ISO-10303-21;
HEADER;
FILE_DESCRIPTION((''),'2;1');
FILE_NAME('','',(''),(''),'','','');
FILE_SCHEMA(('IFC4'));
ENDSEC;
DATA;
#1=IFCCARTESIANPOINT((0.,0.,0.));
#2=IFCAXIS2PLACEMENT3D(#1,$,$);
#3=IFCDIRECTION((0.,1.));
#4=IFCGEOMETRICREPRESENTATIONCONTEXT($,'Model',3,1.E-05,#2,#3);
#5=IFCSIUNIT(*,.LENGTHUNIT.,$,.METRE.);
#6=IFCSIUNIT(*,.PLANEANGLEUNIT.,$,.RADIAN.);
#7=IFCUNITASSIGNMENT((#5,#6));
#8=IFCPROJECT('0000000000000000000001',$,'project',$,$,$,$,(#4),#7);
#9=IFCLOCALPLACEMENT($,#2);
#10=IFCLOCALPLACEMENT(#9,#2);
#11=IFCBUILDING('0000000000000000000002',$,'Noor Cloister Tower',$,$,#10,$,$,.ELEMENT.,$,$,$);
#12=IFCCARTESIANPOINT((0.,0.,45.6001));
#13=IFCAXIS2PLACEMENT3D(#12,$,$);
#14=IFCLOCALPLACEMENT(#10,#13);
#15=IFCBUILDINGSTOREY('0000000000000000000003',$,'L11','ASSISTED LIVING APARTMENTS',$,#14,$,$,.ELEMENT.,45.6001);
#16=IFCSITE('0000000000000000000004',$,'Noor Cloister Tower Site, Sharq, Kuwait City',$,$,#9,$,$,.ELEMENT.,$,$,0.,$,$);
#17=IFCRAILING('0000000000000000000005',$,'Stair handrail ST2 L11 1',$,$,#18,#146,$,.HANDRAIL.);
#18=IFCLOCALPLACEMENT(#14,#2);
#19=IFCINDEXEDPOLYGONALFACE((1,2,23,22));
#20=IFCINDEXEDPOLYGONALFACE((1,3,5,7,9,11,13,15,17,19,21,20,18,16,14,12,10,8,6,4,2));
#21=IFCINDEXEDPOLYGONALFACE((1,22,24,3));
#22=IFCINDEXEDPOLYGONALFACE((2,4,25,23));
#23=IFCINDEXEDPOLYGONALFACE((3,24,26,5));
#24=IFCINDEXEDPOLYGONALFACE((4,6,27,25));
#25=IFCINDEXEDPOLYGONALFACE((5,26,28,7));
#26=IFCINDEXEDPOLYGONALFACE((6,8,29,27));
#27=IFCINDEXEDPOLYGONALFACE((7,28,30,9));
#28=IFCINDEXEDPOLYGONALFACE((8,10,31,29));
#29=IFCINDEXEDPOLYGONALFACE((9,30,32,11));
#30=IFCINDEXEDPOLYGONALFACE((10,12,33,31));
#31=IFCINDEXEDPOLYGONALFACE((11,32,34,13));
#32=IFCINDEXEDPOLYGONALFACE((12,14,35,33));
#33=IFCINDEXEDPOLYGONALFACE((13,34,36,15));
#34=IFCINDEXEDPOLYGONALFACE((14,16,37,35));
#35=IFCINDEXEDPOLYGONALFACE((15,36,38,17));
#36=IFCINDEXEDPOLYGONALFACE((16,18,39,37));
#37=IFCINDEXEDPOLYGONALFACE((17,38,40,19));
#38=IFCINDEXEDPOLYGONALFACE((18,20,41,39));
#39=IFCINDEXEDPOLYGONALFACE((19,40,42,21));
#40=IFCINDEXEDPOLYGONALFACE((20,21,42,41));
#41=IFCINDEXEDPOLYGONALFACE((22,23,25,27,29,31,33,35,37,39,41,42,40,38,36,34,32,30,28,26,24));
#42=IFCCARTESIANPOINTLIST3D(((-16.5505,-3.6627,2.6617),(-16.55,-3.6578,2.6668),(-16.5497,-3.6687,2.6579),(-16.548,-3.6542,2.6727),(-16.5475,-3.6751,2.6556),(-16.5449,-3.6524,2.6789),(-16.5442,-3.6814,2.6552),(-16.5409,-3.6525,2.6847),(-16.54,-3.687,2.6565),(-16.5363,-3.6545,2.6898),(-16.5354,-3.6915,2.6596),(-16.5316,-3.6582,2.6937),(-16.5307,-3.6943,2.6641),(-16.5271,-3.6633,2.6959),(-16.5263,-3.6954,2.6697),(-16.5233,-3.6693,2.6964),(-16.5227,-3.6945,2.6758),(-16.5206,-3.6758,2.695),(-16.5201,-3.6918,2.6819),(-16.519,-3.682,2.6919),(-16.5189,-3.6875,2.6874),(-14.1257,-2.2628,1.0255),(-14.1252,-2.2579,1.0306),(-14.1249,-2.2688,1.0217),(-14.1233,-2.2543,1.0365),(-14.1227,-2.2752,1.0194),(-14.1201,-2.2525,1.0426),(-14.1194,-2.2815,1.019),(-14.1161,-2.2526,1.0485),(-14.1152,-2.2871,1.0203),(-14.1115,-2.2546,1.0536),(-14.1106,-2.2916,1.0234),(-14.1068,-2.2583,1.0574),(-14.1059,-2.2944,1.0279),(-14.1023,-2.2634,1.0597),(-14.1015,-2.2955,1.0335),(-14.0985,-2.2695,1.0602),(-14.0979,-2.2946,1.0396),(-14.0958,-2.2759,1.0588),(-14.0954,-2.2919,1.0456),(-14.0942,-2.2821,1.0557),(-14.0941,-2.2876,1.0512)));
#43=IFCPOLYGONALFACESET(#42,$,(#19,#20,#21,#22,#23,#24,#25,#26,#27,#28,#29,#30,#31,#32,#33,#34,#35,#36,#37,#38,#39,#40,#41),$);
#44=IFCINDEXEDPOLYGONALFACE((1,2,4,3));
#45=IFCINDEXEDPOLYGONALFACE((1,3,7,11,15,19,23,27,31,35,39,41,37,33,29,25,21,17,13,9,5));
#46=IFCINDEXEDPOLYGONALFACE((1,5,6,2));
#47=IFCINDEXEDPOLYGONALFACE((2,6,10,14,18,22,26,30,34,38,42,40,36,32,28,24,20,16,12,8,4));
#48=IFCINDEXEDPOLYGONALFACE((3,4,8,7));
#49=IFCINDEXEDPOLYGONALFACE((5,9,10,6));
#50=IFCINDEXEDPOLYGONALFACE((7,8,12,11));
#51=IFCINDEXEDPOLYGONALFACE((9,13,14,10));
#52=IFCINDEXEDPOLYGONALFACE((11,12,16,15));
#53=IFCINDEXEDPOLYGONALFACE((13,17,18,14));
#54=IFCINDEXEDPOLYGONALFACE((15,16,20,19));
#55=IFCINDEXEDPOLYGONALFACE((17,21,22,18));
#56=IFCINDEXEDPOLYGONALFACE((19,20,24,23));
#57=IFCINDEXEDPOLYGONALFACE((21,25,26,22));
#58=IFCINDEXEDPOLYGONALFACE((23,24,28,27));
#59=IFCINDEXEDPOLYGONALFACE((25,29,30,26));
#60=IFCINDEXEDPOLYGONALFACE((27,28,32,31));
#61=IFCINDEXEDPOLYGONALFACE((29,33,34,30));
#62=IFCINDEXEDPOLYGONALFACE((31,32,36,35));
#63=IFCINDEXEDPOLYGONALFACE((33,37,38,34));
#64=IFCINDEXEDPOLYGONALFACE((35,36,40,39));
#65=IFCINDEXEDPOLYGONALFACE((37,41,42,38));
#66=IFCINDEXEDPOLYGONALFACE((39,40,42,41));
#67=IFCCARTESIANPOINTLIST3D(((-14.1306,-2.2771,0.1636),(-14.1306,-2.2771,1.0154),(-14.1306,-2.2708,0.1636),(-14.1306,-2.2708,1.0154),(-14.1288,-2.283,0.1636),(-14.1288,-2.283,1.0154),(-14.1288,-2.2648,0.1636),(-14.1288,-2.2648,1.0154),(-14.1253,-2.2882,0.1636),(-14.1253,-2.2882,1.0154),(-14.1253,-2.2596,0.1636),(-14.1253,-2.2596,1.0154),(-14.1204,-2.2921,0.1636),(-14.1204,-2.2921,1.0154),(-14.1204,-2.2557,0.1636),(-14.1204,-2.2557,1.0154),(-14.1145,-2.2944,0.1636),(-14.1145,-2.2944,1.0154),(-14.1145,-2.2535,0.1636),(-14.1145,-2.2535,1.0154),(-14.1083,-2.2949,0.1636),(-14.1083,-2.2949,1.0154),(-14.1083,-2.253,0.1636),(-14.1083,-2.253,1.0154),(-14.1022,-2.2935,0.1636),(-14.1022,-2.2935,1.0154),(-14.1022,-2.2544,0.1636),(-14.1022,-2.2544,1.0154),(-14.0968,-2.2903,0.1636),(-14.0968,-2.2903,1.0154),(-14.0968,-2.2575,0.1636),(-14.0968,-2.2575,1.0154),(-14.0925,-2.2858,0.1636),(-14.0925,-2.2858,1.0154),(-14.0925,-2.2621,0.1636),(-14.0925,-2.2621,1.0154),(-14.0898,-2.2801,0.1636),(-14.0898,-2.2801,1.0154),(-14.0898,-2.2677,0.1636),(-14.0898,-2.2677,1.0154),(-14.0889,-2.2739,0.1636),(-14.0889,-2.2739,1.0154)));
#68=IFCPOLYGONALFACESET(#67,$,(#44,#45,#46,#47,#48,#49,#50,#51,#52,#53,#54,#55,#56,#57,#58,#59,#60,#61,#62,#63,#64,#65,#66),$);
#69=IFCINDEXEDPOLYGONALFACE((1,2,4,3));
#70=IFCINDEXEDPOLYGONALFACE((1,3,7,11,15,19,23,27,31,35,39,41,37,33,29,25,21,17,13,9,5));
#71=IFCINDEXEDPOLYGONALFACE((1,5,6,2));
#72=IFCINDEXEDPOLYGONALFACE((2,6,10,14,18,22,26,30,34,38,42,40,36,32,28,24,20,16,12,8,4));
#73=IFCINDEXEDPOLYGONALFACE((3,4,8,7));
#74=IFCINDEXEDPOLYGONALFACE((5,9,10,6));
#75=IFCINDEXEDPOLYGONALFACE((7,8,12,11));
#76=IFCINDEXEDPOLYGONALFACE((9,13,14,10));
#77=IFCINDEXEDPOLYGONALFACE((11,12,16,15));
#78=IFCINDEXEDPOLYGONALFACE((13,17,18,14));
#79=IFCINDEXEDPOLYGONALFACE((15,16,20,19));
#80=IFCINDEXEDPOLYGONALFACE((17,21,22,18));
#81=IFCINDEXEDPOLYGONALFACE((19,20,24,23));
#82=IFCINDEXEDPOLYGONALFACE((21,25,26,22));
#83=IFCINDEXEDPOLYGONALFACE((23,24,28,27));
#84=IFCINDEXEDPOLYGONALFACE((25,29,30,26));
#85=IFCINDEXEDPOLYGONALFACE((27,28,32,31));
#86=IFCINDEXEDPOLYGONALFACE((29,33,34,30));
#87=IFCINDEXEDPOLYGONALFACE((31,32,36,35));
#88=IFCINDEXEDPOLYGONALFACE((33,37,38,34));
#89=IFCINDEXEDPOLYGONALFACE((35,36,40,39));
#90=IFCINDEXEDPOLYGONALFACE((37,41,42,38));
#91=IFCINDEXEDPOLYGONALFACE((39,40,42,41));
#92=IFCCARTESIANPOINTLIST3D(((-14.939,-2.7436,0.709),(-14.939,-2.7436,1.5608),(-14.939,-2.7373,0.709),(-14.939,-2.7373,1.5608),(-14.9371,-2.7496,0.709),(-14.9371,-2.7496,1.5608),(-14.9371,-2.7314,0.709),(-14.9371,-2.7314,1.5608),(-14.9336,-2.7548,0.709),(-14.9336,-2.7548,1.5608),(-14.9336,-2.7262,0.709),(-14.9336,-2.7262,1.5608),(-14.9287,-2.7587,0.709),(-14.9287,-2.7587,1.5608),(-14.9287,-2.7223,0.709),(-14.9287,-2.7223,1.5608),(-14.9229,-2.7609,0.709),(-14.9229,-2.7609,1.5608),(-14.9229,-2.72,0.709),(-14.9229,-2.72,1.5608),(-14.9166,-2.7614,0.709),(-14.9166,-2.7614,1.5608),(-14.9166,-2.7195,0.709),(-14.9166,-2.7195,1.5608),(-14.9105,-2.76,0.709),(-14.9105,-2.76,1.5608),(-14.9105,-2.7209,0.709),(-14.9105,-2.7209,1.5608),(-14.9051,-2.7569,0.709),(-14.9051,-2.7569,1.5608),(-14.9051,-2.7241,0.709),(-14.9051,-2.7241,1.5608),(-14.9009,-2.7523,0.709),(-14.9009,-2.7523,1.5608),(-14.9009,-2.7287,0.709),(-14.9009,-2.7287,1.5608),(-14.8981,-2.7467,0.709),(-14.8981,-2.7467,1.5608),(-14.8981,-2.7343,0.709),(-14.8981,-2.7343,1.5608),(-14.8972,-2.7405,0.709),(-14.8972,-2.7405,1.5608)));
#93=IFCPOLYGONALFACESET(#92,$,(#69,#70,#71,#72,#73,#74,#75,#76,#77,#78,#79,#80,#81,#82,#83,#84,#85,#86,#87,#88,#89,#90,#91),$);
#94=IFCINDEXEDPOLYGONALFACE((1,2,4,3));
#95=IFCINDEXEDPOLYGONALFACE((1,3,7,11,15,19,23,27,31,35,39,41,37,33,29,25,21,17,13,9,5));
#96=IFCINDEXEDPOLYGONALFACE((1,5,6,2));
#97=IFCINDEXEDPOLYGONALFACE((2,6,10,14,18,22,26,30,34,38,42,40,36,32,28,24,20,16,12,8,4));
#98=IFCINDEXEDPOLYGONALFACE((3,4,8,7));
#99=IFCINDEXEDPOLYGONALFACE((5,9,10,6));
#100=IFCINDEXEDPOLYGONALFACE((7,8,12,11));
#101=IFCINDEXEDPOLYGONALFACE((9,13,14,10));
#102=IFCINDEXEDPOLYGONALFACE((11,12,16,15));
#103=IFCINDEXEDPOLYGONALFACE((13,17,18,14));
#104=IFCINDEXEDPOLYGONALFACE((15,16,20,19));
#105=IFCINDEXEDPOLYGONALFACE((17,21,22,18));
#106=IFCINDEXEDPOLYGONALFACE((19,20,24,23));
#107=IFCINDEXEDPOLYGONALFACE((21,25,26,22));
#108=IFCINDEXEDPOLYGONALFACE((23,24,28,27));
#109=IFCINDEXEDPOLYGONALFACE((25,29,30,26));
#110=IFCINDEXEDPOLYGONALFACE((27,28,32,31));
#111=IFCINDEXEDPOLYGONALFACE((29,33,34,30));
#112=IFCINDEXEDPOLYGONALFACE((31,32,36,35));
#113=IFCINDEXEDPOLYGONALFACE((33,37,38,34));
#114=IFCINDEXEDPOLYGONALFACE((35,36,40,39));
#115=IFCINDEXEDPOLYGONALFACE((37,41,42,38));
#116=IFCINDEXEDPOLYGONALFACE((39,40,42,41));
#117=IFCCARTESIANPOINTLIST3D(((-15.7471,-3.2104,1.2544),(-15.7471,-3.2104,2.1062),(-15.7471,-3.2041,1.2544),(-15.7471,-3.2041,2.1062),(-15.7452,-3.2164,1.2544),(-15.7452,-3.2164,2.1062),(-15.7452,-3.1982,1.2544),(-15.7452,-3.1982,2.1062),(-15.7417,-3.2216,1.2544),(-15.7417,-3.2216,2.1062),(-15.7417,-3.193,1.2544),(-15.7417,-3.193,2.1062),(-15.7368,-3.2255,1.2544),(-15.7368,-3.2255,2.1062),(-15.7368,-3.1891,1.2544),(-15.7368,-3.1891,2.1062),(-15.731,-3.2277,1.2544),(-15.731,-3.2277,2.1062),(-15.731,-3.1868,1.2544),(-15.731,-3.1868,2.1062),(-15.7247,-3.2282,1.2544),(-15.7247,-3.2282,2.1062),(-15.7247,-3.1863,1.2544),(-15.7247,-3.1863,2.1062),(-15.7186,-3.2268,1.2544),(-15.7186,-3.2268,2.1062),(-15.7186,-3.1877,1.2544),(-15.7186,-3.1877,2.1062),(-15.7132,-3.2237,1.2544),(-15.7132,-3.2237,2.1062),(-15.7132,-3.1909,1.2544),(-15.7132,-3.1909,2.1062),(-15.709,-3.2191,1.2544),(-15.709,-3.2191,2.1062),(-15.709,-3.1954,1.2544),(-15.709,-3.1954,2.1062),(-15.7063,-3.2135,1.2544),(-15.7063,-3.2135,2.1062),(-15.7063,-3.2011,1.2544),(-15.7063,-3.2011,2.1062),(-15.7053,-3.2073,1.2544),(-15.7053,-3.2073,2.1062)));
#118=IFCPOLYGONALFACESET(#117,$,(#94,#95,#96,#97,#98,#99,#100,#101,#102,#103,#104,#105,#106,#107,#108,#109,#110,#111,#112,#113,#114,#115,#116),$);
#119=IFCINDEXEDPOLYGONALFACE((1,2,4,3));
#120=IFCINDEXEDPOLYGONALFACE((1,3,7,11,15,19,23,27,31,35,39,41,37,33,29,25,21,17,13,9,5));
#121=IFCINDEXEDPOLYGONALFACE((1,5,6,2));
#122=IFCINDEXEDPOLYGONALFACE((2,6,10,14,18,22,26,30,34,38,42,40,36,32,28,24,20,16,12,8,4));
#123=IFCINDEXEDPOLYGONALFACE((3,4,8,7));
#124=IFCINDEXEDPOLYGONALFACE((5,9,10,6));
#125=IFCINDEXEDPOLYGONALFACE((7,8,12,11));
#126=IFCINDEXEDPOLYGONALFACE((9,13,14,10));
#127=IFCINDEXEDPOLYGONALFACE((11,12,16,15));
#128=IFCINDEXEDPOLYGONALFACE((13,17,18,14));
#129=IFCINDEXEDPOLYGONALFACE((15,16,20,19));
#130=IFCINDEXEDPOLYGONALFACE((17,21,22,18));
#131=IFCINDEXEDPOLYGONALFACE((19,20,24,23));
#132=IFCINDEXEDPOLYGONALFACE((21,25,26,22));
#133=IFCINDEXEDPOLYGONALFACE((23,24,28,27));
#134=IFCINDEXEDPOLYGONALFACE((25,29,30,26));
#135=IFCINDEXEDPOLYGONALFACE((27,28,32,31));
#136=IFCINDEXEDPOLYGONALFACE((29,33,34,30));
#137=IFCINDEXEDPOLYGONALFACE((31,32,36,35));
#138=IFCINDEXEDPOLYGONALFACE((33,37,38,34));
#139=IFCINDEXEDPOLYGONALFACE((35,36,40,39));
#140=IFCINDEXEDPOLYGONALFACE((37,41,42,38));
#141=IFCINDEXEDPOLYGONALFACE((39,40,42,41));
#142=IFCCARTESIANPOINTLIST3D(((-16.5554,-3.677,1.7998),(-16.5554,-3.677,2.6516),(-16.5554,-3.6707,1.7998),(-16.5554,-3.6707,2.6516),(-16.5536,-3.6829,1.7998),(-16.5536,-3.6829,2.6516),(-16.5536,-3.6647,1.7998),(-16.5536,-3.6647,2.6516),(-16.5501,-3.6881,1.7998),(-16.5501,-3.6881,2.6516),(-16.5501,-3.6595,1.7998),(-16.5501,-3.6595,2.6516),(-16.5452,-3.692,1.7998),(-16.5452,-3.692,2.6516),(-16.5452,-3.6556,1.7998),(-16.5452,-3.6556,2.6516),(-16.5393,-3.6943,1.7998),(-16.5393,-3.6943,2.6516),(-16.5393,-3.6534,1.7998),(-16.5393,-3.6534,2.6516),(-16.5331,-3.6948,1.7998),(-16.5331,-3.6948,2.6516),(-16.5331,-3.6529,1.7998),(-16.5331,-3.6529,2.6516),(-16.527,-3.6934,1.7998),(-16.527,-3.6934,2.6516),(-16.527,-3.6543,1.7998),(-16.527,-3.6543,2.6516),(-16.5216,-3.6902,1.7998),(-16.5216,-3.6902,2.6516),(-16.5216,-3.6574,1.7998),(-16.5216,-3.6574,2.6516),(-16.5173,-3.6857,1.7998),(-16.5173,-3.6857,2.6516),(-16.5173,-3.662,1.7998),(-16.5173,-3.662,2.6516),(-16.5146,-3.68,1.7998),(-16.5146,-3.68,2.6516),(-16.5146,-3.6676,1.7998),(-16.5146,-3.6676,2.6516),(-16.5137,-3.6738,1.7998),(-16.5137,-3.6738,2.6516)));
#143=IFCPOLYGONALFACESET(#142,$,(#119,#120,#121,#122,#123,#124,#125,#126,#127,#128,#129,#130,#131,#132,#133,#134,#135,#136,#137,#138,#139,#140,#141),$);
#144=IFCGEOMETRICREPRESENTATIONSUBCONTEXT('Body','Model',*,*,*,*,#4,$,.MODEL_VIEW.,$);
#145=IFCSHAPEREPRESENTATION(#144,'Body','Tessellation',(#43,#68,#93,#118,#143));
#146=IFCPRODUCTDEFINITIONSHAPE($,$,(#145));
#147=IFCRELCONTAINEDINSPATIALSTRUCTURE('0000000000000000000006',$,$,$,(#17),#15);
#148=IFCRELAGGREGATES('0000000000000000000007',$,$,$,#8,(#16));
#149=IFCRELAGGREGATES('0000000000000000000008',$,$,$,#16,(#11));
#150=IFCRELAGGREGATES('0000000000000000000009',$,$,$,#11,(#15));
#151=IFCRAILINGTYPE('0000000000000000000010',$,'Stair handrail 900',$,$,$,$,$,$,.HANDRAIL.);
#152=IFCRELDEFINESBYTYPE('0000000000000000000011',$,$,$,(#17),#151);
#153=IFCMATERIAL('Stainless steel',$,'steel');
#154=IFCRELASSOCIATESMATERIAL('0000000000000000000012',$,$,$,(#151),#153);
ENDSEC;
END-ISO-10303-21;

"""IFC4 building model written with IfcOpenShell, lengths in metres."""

from ifc_helpers import new_model, si_unit, direction, frame, origin, origin_2d, place, context, subcontext, project, spatial, circle, extrude, material, type_object, element, save


model = new_model("IFC4")

# Units and contexts
model_context = context("Model", 3, precision=1e-05, world=origin(), true_north=direction((0.0, 1.0)))
body_context = subcontext(model_context, "Body", "Model", "MODEL_VIEW")
ifc_project = project(units=[si_unit("LENGTHUNIT", "METRE"), si_unit("PLANEANGLEUNIT", "RADIAN")], contexts=[model_context])

# Site, building, storey
site_placement = place(None, origin())
site = spatial("IfcSite", under=ifc_project, at=site_placement, Name="Noor Cloister Tower Site, Sharq, Kuwait City", CompositionType="ELEMENT", RefElevation=0.0)
building_placement = place(site_placement, origin())
building = spatial("IfcBuilding", under=site, at=building_placement, Name="Noor Cloister Tower", CompositionType="ELEMENT")
storey_placement = place(building_placement, frame((0.0, 0.0, 45.6001)))
storey = spatial("IfcBuildingStorey", under=building, at=storey_placement, Name="L11", Description="ASSISTED LIVING APARTMENTS", CompositionType="ELEMENT", Elevation=45.6001)

# Railing
ifc_material_1 = material(Name="Stainless steel", Category="steel")
railing_type = type_object("IfcRailingType", Name="Stair handrail 900", PredefinedType="HANDRAIL", material=ifc_material_1)
railing_1_placement = place(storey_placement, frame((-14.1099, -2.2739, 0.1636)))
element("IfcRailing", 1, at=railing_1_placement, inside=storey, type_object=railing_type, Name="Stair handrail ST2 L11 1", PredefinedType="HANDRAIL", context=body_context, shape_type="SweptSolid", body=[
    extrude(circle(Radius=0.0239, at=origin_2d()), frame((0.0, 0.0, 0.876), z_axis=(-0.747718, -0.431677, 0.504552), x_axis=(0.499984, -0.866035, 0.0)), (0.0, 0.0, 1.0), 3.2429),
    extrude(circle(Radius=0.021, at=origin_2d()), origin(), (0.0, 0.0, 1.0), 0.8518),
    extrude(circle(Radius=0.021, at=origin_2d()), frame((-0.8083, -0.4666, 0.5454)), (0.0, 0.0, 1.0), 0.8518),
    extrude(circle(Radius=0.021, at=origin_2d()), frame((-1.6165, -0.9333, 1.0908)), (0.0, 0.0, 1.0), 0.8518),
    extrude(circle(Radius=0.021, at=origin_2d()), frame((-2.4248, -1.3999, 1.6362)), (0.0, 0.0, 1.0), 0.8518),
])

save(model, "model.ifc")
